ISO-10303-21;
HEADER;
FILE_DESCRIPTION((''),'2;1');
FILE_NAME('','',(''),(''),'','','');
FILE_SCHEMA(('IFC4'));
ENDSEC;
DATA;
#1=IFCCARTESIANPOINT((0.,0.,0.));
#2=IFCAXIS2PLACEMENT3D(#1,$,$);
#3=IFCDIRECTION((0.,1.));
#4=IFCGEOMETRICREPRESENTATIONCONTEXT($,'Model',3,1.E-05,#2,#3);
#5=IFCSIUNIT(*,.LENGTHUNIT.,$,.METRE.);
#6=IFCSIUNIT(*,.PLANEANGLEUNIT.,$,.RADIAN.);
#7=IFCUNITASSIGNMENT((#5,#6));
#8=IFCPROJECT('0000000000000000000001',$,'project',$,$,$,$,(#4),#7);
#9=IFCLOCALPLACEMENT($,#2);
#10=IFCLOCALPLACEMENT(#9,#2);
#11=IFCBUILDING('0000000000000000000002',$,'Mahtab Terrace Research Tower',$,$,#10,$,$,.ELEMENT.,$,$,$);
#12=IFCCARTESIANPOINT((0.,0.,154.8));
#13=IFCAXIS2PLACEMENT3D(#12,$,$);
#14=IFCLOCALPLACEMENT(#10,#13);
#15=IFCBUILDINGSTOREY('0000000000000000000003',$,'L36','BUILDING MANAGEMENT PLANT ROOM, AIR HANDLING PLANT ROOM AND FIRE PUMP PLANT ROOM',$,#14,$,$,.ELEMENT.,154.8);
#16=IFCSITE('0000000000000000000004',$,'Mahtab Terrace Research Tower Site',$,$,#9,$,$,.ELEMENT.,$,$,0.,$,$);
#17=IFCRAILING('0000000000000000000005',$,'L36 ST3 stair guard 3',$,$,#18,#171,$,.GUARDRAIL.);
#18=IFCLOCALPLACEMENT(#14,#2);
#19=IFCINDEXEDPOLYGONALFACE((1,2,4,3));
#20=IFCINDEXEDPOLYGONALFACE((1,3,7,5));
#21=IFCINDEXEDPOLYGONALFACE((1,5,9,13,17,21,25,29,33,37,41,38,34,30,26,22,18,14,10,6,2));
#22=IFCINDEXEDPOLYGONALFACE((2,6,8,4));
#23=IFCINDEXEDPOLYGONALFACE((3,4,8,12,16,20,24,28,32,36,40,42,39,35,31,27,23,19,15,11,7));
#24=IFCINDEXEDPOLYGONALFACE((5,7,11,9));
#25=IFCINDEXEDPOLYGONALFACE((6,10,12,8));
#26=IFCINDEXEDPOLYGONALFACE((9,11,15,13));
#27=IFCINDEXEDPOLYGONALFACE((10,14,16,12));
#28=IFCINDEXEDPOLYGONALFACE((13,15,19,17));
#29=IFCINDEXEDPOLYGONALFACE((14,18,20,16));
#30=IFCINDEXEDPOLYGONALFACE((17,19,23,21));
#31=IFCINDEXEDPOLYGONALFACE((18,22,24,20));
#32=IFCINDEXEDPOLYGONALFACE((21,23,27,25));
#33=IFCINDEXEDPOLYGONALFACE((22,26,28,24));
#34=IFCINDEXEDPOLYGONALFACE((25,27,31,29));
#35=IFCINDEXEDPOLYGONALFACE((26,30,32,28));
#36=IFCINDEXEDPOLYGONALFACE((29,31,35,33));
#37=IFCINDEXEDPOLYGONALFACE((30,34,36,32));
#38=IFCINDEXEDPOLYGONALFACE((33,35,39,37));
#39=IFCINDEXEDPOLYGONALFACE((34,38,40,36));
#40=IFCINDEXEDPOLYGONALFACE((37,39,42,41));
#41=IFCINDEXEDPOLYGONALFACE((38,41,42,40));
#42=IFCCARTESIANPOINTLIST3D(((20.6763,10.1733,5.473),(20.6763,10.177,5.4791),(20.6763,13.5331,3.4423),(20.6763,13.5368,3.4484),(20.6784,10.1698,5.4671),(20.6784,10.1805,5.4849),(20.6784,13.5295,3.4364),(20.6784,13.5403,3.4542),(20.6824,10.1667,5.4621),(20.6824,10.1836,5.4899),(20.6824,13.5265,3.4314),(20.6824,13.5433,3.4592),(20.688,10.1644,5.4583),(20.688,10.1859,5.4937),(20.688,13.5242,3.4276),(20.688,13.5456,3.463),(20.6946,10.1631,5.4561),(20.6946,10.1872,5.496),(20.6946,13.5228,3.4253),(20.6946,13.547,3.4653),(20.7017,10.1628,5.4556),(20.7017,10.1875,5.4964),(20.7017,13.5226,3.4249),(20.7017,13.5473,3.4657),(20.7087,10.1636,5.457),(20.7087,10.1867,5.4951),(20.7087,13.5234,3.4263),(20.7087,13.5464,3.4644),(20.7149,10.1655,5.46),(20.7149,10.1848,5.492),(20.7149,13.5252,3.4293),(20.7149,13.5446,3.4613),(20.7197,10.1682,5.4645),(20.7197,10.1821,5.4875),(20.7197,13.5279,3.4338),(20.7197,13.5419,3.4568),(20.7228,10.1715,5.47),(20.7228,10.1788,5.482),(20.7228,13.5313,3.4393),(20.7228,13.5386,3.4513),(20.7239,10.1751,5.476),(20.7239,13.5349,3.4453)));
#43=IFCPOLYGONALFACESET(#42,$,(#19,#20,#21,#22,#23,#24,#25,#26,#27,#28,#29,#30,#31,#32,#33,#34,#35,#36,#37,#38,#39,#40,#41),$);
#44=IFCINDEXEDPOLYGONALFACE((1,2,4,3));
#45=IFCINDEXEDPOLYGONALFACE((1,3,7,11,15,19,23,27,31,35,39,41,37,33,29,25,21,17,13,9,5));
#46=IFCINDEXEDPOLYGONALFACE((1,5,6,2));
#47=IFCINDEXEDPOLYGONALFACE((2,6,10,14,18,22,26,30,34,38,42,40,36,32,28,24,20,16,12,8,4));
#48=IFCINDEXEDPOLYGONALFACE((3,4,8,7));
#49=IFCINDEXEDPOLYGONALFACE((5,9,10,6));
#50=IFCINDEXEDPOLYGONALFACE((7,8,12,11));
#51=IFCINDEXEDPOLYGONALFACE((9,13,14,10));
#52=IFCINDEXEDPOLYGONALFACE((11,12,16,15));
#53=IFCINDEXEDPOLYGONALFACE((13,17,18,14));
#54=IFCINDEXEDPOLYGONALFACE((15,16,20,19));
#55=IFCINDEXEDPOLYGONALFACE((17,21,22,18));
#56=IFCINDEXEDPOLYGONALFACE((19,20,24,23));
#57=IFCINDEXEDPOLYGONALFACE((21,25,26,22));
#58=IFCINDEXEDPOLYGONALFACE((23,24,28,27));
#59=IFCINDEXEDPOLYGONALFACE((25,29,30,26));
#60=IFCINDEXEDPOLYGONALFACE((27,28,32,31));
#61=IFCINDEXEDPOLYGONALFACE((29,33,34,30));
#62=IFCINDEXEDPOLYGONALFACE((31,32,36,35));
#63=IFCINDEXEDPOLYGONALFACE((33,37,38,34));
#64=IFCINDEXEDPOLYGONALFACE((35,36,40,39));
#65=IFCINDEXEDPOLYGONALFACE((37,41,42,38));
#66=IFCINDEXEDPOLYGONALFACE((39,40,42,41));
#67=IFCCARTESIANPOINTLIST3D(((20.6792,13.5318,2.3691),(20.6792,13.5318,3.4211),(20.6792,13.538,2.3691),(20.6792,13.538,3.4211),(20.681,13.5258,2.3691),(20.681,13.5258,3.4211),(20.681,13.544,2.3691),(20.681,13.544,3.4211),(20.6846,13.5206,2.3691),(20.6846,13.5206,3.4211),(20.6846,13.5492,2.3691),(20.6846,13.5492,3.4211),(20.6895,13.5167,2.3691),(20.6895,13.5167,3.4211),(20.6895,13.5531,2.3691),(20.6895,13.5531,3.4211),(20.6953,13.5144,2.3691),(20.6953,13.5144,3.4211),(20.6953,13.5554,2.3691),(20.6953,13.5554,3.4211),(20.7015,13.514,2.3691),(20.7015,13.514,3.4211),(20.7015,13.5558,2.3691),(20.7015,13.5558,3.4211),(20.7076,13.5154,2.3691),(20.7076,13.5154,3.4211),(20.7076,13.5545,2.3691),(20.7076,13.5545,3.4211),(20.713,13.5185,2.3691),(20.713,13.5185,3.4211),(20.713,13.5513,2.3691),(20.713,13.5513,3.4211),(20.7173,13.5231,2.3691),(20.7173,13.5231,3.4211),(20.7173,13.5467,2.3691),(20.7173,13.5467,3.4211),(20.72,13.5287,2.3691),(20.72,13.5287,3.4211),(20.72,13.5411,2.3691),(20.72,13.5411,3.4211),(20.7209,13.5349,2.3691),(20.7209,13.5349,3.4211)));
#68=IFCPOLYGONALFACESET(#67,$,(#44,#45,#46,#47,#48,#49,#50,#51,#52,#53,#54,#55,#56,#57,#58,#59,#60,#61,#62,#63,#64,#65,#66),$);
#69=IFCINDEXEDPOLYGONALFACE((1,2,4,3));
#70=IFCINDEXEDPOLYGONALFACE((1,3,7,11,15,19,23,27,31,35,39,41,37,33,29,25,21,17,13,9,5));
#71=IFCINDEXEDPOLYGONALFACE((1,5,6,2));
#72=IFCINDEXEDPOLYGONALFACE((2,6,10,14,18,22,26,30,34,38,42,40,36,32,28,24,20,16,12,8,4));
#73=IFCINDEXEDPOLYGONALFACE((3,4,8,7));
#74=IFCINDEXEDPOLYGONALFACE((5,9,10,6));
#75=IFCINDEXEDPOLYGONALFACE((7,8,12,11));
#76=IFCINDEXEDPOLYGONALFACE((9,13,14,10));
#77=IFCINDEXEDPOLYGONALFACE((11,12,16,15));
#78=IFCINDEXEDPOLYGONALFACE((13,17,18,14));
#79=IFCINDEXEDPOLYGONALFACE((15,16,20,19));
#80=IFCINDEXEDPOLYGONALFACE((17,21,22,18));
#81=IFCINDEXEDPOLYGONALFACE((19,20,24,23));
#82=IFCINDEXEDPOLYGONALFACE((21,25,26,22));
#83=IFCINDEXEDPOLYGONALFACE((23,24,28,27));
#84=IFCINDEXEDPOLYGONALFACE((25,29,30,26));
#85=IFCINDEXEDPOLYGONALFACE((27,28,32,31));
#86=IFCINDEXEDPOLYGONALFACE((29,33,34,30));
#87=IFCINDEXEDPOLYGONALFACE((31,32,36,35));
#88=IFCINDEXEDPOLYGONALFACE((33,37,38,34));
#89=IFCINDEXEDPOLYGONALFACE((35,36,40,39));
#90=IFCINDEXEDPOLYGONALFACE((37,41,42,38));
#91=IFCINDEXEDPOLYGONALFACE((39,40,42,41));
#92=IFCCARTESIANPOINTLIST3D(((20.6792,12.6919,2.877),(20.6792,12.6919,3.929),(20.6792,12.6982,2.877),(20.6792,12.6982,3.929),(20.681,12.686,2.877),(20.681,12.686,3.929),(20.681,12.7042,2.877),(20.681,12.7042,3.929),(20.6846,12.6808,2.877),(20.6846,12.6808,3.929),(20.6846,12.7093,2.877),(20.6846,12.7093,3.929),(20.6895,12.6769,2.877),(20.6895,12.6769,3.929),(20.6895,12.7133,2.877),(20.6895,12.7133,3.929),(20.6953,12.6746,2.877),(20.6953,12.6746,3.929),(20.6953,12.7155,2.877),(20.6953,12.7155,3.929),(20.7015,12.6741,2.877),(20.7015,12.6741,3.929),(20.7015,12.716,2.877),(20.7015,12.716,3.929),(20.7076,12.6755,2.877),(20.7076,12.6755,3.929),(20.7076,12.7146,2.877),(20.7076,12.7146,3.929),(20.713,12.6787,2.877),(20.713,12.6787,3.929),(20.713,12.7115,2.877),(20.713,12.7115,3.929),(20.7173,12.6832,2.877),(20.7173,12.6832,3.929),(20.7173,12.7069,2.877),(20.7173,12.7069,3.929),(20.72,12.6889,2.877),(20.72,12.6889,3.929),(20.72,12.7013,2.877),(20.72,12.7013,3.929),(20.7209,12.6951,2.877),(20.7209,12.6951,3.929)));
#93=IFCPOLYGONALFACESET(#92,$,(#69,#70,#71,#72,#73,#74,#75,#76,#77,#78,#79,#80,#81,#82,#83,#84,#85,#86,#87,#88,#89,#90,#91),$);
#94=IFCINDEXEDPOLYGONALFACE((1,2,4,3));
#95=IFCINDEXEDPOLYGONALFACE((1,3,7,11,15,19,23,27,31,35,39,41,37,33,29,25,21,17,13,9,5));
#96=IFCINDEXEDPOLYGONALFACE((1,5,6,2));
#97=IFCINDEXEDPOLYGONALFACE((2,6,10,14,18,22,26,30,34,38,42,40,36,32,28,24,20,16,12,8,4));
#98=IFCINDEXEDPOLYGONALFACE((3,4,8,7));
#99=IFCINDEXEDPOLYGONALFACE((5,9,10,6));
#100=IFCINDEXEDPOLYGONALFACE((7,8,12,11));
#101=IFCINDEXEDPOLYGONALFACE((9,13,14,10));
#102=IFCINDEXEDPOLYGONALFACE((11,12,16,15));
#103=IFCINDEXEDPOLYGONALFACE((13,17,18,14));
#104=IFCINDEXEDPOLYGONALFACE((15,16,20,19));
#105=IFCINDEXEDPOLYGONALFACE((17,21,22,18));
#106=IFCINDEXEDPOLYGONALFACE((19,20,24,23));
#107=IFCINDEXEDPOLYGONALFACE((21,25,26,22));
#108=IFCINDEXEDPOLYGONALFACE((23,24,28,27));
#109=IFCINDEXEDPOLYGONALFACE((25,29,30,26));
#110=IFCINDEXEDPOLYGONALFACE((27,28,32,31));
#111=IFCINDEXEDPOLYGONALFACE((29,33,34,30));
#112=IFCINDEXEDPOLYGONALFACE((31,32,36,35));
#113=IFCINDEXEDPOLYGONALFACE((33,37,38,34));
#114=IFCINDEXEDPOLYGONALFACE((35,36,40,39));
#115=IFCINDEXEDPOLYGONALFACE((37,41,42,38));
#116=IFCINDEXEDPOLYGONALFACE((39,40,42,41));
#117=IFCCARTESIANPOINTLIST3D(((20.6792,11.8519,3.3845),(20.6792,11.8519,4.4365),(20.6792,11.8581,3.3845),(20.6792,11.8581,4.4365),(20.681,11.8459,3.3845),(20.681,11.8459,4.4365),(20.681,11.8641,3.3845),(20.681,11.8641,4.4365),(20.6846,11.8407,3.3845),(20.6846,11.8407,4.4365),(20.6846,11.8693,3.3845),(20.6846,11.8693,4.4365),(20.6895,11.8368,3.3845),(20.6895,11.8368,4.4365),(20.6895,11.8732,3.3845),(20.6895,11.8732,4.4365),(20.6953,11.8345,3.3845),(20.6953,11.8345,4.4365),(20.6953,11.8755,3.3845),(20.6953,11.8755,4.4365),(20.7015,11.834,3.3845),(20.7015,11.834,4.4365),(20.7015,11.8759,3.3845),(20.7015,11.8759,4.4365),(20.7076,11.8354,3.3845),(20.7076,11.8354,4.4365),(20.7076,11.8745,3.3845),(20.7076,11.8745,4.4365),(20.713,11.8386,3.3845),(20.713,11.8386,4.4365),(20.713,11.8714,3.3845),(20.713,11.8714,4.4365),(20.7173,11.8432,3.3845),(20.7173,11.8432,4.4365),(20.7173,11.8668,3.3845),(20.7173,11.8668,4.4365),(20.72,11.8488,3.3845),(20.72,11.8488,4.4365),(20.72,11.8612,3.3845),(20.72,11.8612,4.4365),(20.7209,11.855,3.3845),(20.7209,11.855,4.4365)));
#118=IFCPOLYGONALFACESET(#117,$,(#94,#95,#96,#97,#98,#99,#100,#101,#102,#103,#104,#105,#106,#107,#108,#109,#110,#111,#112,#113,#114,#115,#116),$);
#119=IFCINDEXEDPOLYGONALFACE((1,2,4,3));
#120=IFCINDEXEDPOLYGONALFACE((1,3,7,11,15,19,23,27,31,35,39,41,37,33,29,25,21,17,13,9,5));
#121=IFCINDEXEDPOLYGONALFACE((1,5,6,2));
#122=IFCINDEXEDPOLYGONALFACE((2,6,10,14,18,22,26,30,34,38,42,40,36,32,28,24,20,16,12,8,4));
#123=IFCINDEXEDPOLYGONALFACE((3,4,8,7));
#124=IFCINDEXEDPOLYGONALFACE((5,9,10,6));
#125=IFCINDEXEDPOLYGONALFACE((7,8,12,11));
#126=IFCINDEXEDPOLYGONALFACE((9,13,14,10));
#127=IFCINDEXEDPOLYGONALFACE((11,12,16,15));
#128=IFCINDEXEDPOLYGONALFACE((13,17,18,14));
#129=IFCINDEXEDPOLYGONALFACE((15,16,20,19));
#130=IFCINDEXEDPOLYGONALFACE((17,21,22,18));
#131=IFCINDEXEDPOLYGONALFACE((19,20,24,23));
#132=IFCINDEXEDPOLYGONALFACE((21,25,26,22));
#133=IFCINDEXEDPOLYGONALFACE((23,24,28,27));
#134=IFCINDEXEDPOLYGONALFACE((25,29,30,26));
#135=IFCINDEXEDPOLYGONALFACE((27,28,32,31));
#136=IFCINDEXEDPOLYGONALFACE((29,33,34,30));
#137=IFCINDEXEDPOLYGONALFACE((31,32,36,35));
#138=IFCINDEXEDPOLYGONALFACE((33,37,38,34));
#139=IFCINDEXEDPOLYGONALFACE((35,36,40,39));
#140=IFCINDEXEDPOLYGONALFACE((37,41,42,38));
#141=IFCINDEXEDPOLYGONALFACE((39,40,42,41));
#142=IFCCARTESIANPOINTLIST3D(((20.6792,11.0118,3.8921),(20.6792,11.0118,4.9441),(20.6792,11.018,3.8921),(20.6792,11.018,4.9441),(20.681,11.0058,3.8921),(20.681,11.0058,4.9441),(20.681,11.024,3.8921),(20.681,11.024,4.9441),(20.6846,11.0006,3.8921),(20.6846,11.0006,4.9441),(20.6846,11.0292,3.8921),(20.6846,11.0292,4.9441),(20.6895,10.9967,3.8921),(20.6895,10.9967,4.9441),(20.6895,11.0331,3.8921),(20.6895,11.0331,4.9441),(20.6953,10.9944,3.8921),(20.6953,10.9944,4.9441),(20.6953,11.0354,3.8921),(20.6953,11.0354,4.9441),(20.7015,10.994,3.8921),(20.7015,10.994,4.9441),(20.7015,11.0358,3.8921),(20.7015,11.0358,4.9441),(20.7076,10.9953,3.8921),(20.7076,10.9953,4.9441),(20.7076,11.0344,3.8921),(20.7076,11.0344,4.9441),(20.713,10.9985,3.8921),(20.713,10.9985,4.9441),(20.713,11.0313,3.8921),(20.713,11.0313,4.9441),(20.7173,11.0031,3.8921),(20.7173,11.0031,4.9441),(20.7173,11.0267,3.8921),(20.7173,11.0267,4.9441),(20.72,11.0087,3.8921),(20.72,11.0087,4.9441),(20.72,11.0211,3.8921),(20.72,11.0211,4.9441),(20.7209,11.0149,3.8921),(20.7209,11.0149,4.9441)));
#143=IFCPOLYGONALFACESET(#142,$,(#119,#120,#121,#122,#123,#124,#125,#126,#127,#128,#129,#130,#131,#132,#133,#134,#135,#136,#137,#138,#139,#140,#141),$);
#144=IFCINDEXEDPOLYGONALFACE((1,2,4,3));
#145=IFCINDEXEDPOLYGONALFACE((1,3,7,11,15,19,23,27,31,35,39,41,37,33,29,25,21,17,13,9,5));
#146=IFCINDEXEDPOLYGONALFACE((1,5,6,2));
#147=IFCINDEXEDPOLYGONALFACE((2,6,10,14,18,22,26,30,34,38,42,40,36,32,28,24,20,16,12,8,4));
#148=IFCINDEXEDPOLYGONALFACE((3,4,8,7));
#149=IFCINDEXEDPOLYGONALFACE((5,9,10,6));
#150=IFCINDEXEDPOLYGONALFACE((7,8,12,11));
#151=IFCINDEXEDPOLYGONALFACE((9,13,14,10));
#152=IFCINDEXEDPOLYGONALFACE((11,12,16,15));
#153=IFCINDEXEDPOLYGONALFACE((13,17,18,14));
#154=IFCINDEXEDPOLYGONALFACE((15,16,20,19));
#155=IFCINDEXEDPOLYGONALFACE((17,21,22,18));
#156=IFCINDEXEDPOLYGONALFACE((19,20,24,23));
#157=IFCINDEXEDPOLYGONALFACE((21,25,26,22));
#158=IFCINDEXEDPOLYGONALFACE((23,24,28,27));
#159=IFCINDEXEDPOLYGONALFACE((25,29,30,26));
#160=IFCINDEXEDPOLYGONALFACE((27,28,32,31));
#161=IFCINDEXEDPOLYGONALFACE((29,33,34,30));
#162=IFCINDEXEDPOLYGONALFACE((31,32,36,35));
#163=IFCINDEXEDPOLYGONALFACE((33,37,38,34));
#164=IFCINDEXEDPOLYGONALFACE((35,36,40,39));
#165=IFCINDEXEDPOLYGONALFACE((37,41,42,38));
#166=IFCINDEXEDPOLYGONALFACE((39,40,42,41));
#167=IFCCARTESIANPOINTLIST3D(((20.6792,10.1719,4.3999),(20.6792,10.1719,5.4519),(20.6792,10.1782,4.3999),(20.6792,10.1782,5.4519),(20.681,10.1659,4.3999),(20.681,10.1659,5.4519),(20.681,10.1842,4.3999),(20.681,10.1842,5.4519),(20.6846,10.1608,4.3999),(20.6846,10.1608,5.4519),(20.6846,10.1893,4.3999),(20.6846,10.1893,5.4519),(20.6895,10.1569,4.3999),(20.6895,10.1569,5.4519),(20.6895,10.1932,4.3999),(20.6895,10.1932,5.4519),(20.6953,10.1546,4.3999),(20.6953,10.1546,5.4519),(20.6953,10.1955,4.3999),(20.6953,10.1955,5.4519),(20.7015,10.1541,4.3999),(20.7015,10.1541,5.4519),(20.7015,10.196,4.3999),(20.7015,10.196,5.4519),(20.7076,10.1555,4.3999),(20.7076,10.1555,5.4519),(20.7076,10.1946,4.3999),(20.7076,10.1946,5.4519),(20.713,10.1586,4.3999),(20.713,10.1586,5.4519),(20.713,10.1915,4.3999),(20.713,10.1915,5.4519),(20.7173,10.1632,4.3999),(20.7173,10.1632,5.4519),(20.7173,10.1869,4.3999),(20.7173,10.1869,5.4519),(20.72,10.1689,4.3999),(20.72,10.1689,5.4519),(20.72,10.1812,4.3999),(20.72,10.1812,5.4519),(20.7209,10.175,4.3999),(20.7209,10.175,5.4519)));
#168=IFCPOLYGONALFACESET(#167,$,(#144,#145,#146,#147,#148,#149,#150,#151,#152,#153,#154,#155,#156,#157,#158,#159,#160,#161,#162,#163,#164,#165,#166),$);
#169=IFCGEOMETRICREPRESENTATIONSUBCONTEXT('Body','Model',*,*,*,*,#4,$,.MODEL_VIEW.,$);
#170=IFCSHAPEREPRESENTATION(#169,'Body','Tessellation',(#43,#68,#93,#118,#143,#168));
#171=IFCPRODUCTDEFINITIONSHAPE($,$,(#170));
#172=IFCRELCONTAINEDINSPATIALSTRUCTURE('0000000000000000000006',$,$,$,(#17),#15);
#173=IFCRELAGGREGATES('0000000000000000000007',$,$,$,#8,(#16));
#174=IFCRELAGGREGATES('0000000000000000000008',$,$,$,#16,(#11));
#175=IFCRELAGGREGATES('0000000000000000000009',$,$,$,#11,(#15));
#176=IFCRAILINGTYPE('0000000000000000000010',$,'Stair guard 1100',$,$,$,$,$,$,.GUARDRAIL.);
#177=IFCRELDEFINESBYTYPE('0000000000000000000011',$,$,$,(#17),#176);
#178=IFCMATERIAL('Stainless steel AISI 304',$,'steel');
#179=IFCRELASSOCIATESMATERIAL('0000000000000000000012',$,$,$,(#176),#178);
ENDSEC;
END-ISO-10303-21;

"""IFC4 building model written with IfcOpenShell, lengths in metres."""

from ifc_helpers import new_model, si_unit, direction, frame, origin, origin_2d, place, context, subcontext, project, spatial, circle, extrude, material, type_object, element, save


model = new_model("IFC4")

# Units and contexts
model_context = context("Model", 3, precision=1e-05, world=origin(), true_north=direction((0.0, 1.0)))
body_context = subcontext(model_context, "Body", "Model", "MODEL_VIEW")
ifc_project = project(units=[si_unit("LENGTHUNIT", "METRE"), si_unit("PLANEANGLEUNIT", "RADIAN")], contexts=[model_context])

# Site, building, storey
site_placement = place(None, origin())
site = spatial("IfcSite", under=ifc_project, at=site_placement, Name="Mahtab Terrace Research Tower Site", CompositionType="ELEMENT", RefElevation=0.0)
building_placement = place(site_placement, origin())
building = spatial("IfcBuilding", under=site, at=building_placement, Name="Mahtab Terrace Research Tower", CompositionType="ELEMENT")
storey_placement = place(building_placement, frame((0.0, 0.0, 154.8)))
storey = spatial("IfcBuildingStorey", under=building, at=storey_placement, Name="L36", Description="BUILDING MANAGEMENT PLANT ROOM, AIR HANDLING PLANT ROOM AND FIRE PUMP PLANT ROOM", CompositionType="ELEMENT", Elevation=154.8)

# Shared definitions
ifc_material_1 = material(Name="Stainless steel AISI 304", Category="steel")

# Railing
railing_type_1 = type_object("IfcRailingType", Name="Stair guard 1100", PredefinedType="GUARDRAIL", material=ifc_material_1)
railing_1_placement = place(storey_placement, frame((20.7, 13.5349, 2.3691)))
element("IfcRailing", 1, at=railing_1_placement, inside=storey, type_object=railing_type_1, Name="L36 ST3 stair guard 3", PredefinedType="GUARDRAIL", context=body_context, shape_type="SweptSolid", body=[
    extrude(circle(Radius=0.0239, at=origin_2d()), frame((0.0, 0.0, 1.0762), z_axis=(0.0, -0.85582, 0.517273), x_axis=(1.0, 0.0, 0.0)), (0.0, 0.0, 1.0), 3.9258),
    extrude(circle(Radius=0.021, at=origin_2d()), origin(), (0.0, 0.0, 1.0), 1.052),
    extrude(circle(Radius=0.021, at=origin_2d()), frame((0.0, -0.8398, 0.5078)), (0.0, 0.0, 1.0), 1.052),
    extrude(circle(Radius=0.021, at=origin_2d()), frame((0.0, -1.6799, 1.0154)), (0.0, 0.0, 1.0), 1.052),
    extrude(circle(Radius=0.021, at=origin_2d()), frame((0.0, -2.52, 1.5229)), (0.0, 0.0, 1.0), 1.052),
    extrude(circle(Radius=0.021, at=origin_2d()), frame((0.0, -3.3599, 2.0308)), (0.0, 0.0, 1.0), 1.052),
])

save(model, "model.ifc")
